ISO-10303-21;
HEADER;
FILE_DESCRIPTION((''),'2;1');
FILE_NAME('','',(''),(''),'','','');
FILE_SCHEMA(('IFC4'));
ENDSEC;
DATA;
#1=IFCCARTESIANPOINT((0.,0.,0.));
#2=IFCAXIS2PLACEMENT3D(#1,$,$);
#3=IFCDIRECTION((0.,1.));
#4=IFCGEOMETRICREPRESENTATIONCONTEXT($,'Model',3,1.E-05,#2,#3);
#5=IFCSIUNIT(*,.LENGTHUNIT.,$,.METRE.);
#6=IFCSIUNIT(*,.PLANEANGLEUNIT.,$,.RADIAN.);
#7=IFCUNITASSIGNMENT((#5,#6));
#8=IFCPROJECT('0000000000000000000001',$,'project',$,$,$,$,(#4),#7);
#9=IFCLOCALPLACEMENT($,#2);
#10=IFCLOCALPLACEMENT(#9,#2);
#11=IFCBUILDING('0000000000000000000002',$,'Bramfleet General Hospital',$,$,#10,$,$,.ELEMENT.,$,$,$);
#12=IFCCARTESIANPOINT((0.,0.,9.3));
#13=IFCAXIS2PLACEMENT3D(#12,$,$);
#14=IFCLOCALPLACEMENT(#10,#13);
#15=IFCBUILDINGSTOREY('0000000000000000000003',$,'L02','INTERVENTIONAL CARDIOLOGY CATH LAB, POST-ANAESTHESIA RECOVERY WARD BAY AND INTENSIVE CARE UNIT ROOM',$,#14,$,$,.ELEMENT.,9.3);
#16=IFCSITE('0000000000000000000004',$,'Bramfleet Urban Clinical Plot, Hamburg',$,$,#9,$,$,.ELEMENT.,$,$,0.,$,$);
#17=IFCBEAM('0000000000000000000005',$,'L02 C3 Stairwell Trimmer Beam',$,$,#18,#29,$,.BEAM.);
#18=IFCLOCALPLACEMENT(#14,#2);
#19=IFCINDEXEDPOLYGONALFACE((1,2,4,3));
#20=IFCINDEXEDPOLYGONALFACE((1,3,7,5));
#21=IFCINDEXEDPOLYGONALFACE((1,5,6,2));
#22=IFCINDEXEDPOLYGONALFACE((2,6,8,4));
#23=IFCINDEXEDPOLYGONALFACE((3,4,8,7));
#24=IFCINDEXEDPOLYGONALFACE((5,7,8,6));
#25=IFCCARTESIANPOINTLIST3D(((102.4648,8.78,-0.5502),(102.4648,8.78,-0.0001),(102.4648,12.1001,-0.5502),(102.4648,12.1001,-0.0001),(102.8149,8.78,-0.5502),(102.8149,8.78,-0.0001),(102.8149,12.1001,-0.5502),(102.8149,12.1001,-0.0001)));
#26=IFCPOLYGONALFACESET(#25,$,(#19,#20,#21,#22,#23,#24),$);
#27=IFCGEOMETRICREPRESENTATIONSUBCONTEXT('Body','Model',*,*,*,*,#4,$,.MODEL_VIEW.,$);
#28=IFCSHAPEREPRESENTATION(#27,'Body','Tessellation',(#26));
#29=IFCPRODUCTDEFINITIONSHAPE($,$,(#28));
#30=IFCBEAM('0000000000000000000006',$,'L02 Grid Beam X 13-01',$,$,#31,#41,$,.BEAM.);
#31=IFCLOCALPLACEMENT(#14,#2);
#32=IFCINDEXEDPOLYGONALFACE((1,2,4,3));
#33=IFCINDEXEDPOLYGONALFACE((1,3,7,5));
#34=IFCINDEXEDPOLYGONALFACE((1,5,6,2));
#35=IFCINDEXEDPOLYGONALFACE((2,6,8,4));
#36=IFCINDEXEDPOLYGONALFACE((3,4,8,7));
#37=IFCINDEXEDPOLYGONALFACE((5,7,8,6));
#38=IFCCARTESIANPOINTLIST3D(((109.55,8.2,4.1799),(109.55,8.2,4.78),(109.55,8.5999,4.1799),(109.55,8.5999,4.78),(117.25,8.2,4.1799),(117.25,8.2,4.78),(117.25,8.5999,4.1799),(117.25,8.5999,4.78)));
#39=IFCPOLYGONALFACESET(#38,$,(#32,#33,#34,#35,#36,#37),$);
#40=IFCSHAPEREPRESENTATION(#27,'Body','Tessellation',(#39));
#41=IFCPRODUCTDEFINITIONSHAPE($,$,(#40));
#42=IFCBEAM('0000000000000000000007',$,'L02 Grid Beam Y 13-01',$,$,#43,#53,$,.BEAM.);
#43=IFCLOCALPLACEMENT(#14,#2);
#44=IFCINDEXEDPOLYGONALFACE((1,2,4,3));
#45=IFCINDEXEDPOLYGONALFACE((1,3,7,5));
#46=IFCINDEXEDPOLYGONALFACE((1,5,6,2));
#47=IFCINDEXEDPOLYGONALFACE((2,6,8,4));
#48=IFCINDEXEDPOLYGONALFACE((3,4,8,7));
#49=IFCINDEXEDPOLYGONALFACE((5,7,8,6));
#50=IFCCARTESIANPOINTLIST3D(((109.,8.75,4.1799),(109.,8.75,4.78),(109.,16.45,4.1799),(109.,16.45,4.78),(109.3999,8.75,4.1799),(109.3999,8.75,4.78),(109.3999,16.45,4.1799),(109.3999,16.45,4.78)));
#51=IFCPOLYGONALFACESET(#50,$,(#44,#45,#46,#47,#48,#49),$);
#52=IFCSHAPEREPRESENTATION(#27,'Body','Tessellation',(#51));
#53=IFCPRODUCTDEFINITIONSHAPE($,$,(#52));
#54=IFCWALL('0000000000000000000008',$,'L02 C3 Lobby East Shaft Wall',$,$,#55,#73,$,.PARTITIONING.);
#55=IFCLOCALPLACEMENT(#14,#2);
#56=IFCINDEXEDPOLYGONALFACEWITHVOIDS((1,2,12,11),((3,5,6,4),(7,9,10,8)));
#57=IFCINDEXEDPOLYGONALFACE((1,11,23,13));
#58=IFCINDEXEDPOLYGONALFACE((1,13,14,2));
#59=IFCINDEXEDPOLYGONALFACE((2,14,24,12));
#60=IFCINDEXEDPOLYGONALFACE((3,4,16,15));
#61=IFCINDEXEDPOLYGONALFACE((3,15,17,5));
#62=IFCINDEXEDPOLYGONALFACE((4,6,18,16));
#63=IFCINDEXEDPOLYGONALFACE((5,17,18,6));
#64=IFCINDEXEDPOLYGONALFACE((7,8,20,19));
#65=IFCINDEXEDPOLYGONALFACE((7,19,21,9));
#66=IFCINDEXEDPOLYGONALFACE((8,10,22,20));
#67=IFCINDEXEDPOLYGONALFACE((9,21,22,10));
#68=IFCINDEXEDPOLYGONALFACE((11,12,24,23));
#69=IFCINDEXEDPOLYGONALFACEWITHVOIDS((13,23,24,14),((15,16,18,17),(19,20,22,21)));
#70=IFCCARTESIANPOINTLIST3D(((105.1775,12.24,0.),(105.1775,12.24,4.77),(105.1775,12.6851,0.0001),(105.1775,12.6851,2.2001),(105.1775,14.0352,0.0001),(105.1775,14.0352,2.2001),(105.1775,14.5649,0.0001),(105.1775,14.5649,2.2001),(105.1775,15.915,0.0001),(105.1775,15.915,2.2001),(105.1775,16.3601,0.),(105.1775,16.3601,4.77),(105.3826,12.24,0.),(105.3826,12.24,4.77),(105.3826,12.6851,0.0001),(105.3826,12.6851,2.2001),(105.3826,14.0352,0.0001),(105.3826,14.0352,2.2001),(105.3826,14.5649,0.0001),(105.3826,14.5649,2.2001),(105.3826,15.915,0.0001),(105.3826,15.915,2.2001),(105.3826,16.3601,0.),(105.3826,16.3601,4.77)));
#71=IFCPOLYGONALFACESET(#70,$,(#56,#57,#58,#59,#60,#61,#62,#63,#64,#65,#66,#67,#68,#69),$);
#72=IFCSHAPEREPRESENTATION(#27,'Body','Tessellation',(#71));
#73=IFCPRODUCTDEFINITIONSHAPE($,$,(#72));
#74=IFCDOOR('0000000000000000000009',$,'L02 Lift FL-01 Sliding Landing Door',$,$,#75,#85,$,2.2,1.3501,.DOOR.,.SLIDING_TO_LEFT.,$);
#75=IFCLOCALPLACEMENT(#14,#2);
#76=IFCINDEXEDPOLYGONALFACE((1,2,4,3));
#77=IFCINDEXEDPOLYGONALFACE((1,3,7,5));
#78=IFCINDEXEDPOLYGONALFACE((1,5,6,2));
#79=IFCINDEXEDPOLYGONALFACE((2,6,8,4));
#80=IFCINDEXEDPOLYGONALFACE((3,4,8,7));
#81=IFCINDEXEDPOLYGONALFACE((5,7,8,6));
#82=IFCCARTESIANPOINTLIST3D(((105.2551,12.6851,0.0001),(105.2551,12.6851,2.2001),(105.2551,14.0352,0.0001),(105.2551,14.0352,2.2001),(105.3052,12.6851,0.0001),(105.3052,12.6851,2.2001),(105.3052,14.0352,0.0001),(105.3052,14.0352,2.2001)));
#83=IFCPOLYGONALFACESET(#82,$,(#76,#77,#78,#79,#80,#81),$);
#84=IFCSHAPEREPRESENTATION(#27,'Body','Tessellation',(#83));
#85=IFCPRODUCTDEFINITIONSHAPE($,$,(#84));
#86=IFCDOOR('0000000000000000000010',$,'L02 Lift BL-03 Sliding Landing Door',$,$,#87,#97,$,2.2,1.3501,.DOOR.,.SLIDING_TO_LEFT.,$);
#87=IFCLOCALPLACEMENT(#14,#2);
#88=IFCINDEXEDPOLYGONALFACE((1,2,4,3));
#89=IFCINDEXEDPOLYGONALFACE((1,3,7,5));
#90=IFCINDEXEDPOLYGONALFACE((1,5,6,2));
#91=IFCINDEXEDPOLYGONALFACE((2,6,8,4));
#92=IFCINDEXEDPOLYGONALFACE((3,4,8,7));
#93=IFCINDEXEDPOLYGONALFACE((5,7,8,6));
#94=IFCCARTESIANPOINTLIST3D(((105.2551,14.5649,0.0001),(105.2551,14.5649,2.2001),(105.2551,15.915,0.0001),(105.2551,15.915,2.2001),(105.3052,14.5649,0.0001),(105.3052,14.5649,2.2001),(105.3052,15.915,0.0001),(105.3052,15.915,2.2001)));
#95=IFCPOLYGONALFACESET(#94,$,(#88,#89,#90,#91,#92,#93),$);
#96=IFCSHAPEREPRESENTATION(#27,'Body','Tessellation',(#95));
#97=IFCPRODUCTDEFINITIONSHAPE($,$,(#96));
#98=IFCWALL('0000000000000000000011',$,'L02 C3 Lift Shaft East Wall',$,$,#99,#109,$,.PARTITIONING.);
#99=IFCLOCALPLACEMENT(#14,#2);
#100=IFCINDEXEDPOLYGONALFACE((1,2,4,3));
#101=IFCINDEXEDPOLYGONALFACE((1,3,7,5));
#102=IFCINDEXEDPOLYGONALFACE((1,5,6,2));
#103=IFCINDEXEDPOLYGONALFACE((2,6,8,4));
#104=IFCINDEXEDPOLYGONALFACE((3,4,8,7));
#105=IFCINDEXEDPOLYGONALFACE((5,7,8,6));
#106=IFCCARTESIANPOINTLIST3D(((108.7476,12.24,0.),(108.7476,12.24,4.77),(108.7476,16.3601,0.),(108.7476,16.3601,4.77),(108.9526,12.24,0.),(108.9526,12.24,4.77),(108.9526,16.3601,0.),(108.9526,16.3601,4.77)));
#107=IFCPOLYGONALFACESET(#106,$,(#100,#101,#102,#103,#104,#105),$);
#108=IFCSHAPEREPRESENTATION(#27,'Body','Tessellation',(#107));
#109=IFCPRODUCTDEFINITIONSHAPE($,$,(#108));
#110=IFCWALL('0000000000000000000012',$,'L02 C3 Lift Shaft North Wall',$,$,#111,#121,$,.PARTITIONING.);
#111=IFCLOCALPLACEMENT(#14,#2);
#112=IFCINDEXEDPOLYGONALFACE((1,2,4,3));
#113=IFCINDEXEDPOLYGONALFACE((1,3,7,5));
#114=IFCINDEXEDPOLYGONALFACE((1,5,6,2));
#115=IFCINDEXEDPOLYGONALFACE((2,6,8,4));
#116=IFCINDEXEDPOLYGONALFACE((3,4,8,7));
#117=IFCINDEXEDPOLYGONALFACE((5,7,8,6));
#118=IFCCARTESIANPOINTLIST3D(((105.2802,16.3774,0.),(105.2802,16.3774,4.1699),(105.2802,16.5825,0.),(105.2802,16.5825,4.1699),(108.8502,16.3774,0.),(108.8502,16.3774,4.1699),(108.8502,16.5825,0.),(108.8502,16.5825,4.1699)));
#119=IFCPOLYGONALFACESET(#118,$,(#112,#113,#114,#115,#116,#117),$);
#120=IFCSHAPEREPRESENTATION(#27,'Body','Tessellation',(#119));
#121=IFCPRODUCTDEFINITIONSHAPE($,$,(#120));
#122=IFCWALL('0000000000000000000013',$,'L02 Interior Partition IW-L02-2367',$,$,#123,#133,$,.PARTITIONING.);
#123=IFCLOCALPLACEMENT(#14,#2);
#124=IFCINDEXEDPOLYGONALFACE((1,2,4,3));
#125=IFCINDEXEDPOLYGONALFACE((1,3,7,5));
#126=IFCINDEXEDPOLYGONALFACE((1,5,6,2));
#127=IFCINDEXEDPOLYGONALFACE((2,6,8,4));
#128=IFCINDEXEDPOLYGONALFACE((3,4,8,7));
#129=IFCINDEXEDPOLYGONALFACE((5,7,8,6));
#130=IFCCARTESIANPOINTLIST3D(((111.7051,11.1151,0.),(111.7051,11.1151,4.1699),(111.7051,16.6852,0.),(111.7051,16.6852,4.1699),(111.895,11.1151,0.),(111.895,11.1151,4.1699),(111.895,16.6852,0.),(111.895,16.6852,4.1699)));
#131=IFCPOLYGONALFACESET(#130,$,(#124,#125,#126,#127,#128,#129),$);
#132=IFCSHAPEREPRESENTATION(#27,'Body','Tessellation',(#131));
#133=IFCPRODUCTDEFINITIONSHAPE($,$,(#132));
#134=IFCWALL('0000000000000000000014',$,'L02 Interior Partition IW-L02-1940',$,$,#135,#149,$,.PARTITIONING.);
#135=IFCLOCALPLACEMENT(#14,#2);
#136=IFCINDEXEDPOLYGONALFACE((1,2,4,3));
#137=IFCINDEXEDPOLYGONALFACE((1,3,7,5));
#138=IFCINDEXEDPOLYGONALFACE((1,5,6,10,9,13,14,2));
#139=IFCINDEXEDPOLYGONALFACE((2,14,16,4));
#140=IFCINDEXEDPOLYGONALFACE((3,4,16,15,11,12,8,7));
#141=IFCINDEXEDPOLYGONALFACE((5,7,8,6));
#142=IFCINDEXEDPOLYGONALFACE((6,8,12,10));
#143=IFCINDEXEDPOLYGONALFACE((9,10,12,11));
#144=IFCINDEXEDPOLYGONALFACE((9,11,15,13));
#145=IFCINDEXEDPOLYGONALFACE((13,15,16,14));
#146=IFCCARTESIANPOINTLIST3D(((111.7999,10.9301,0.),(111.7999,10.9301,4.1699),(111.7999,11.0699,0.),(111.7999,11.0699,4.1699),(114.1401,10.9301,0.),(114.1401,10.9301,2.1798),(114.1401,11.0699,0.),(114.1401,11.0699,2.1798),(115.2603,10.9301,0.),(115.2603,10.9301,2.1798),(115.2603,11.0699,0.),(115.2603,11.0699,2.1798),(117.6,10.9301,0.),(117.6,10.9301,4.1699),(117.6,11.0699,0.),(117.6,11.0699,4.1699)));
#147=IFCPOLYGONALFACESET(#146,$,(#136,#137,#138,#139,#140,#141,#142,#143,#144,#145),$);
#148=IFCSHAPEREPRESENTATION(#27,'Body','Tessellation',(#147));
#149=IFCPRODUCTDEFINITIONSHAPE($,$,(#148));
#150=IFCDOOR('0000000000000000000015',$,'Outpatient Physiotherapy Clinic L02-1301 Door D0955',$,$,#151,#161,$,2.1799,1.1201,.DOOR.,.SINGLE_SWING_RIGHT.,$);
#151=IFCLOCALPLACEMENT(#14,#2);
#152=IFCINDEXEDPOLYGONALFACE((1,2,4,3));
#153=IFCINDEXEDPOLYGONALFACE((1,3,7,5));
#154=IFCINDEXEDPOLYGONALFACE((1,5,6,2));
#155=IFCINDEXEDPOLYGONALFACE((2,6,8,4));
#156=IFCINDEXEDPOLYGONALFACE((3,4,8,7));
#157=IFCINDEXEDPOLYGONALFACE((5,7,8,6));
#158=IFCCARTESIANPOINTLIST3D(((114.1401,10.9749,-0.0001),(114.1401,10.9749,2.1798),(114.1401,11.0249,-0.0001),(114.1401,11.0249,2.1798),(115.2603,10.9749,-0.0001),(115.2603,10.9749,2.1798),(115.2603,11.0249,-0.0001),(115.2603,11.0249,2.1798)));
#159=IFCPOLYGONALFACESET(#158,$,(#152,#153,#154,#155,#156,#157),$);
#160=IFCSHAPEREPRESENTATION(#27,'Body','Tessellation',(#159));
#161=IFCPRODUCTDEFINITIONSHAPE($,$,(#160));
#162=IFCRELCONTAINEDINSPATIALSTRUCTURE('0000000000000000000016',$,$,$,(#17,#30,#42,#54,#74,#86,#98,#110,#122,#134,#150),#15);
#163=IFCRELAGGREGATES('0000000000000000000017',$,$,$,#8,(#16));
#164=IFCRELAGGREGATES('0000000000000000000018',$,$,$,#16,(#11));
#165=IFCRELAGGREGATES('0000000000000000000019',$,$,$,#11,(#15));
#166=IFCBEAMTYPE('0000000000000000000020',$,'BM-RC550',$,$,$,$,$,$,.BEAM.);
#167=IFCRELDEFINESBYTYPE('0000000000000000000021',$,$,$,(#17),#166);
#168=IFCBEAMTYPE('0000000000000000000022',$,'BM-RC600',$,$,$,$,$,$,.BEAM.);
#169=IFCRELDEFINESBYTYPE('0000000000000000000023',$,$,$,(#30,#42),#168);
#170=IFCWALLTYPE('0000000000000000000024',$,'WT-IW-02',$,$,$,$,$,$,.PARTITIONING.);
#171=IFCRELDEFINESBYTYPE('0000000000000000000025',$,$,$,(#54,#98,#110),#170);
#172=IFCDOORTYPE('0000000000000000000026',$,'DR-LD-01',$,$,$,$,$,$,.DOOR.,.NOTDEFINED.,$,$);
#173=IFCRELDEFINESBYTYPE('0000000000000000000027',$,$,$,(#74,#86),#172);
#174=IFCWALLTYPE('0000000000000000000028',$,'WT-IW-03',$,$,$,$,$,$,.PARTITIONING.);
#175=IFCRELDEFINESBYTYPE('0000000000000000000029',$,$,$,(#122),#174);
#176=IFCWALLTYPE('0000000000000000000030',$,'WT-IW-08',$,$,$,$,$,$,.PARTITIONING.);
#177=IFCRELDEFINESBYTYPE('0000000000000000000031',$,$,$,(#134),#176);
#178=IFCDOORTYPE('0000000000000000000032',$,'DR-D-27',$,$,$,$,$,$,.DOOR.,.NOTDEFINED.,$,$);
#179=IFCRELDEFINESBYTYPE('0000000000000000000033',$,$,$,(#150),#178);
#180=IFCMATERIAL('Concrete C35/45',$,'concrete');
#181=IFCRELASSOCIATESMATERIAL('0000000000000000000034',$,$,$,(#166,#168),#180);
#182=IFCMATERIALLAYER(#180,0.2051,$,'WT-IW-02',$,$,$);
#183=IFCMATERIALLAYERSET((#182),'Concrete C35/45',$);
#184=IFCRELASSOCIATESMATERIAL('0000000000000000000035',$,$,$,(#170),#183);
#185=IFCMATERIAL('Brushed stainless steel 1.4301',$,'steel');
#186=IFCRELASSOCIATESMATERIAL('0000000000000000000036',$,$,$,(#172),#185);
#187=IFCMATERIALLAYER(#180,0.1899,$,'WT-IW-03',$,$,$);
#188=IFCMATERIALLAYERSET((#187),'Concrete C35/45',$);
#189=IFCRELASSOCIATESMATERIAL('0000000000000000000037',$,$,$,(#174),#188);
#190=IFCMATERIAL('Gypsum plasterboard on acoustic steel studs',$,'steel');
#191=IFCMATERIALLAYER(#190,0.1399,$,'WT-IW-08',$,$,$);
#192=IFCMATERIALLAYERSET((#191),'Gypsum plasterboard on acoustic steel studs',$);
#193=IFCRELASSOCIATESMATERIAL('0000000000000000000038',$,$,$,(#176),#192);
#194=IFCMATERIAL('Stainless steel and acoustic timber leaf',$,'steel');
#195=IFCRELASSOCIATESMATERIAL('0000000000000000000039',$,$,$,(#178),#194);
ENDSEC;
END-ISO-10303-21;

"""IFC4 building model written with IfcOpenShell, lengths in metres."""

from ifc_helpers import new_model, si_unit, direction, frame, frame_2d, origin, origin_2d, place, context, subcontext, project, spatial, rectangle, extrude, material, layer, layer_set, material_profile, profile_set, type_object, element, fill, save


model = new_model("IFC4")

# Units and contexts
model_context = context("Model", 3, precision=1e-05, world=origin(), true_north=direction((0.0, 1.0)))
body_context = subcontext(model_context, "Body", "Model", "MODEL_VIEW")
ifc_project = project(units=[si_unit("LENGTHUNIT", "METRE"), si_unit("PLANEANGLEUNIT", "RADIAN")], contexts=[model_context])

# Site, building, storey
site_placement = place(None, origin())
site = spatial("IfcSite", under=ifc_project, at=site_placement, Name="Bramfleet Urban Clinical Plot, Hamburg", CompositionType="ELEMENT", RefElevation=0.0)
building_placement = place(site_placement, origin())
building = spatial("IfcBuilding", under=site, at=building_placement, Name="Bramfleet General Hospital", CompositionType="ELEMENT")
storey_placement = place(building_placement, frame((0.0, 0.0, 9.3)))
storey = spatial("IfcBuildingStorey", under=building, at=storey_placement, Name="L02", Description="INTERVENTIONAL CARDIOLOGY CATH LAB, POST-ANAESTHESIA RECOVERY WARD BAY AND INTENSIVE CARE UNIT ROOM", CompositionType="ELEMENT", Elevation=9.3)

# Beams
ifc_material_1 = material(Name="Concrete C35/45", Category="concrete")
ifc_material_profile_1 = material_profile(ifc_material_1, rectangle(XDim=0.3501, YDim=0.55, at=origin_2d()), Name="RC BM 550x350")
ifc_profile_set_1 = profile_set([ifc_material_profile_1], Name="Concrete C35/45")
beam_type_1 = type_object("IfcBeamType", Name="BM-RC550", PredefinedType="BEAM", material=ifc_profile_set_1)
beam_placement = place(storey_placement, frame((102.6399, 8.78, -0.2751), z_axis=(0.0, 1.0, 0.0), x_axis=(-1.0, 0.0, 0.0)))
element("IfcBeam", 1, at=beam_placement, inside=storey, type_object=beam_type_1, Name="L02 C3 Stairwell Trimmer Beam", PredefinedType="BEAM", context=body_context, shape_type="SweptSolid", body=[
    extrude(rectangle(XDim=0.3501, YDim=0.55, at=origin_2d()), origin(), (0.0, 0.0, 1.0), 3.3201),
])
ifc_material_profile_2 = material_profile(ifc_material_1, rectangle(XDim=0.3999, YDim=0.6001, at=origin_2d()), Name="RC BM 600x400")
ifc_profile_set_2 = profile_set([ifc_material_profile_2], Name="Concrete C35/45")
beam_type_2 = type_object("IfcBeamType", Name="BM-RC600", PredefinedType="BEAM", material=ifc_profile_set_2)
for number, where, z_axis, x_axis, name in (
    (2, (109.55, 8.3999, 4.48), (1.0, 0.0, 0.0), (0.0, 1.0, 0.0), "L02 Grid Beam X 13-01"),
    (3, (109.2, 8.75, 4.48), (0.0, 1.0, 0.0), (-1.0, 0.0, 0.0), "L02 Grid Beam Y 13-01"),
):
    element("IfcBeam", number, at=place(storey_placement, frame(where, z_axis=z_axis, x_axis=x_axis)), inside=storey, type_object=beam_type_2, Name=name, PredefinedType="BEAM", context=body_context, shape_type="SweptSolid", body=[
        extrude(rectangle(XDim=0.3999, YDim=0.6001, at=origin_2d()), origin(), (0.0, 0.0, 1.0), 7.7),
    ])

# Wall, openings, doors
ifc_layer_1 = layer(ifc_material_1, 0.2051, Name="WT-IW-02")
ifc_layer_set_1 = layer_set([ifc_layer_1], Name="Concrete C35/45")
wall_type_1 = type_object("IfcWallType", Name="WT-IW-02", PredefinedType="PARTITIONING", material=ifc_layer_set_1)
wall_1_placement = place(storey_placement, frame((105.28, 12.24, 0.0), z_axis=(0.0, 0.0, 1.0), x_axis=(0.0, 1.0, 0.0)))
wall_1 = element("IfcWall", 4, at=wall_1_placement, inside=storey, type_object=wall_type_1, Name="L02 C3 Lobby East Shaft Wall", PredefinedType="PARTITIONING", context=body_context, shape_type="SweptSolid", body=[
    extrude(rectangle(XDim=4.1201, YDim=0.2051, at=frame_2d((2.0601, 0.0))), origin(), (0.0, 0.0, 1.0), 4.77),
])
opening_1_placement = place(wall_1_placement, frame((0.4451, 0.0, 0.0)))
opening_1 = element("IfcOpeningElement", 5, at=opening_1_placement, cuts=wall_1, PredefinedType="OPENING", context=body_context, shape_type="SweptSolid", body=[
    extrude(rectangle(XDim=1.3501, YDim=2.2, at=frame_2d((0.675, 1.1001))), frame((0.0, 0.1125, 0.0), z_axis=(0.0, -1.0, 0.0), x_axis=(1.0, 0.0, 0.0)), (0.0, 0.0, 1.0), 0.2251),
])
opening_2_placement = place(wall_1_placement, frame((2.325, 0.0, 0.0)))
opening_2 = element("IfcOpeningElement", 6, at=opening_2_placement, cuts=wall_1, PredefinedType="OPENING", context=body_context, shape_type="SweptSolid", body=[
    extrude(rectangle(XDim=1.3501, YDim=2.2, at=frame_2d((0.675, 1.1001))), frame((0.0, 0.1125, 0.0), z_axis=(0.0, -1.0, 0.0), x_axis=(1.0, 0.0, 0.0)), (0.0, 0.0, 1.0), 0.2251),
])
ifc_material_2 = material(Name="Brushed stainless steel 1.4301", Category="steel")
door_type_1 = type_object("IfcDoorType", Name="DR-LD-01", OperationType="NOTDEFINED", PredefinedType="DOOR", material=ifc_material_2)
door_1_placement = place(opening_1_placement, origin())
door_1 = element("IfcDoor", 7, at=door_1_placement, inside=storey, type_object=door_type_1, Name="L02 Lift FL-01 Sliding Landing Door", OperationType="SLIDING_TO_LEFT", OverallHeight=2.2, OverallWidth=1.3501, PredefinedType="DOOR", context=body_context, shape_type="SweptSolid", body=[
    extrude(rectangle(XDim=1.3501, YDim=2.2, at=frame_2d((0.675, 1.1001))), frame((0.0, 0.0249, 0.0), z_axis=(0.0, -1.0, 0.0), x_axis=(1.0, 0.0, 0.0)), (0.0, 0.0, 1.0), 0.05),
])
fill(opening_1, door_1)
door_2_placement = place(opening_2_placement, origin())
door_2 = element("IfcDoor", 8, at=door_2_placement, inside=storey, type_object=door_type_1, Name="L02 Lift BL-03 Sliding Landing Door", OperationType="SLIDING_TO_LEFT", OverallHeight=2.2, OverallWidth=1.3501, PredefinedType="DOOR", context=body_context, shape_type="SweptSolid", body=[
    extrude(rectangle(XDim=1.3501, YDim=2.2, at=frame_2d((0.675, 1.1001))), frame((0.0, 0.0249, 0.0), z_axis=(0.0, -1.0, 0.0), x_axis=(1.0, 0.0, 0.0)), (0.0, 0.0, 1.0), 0.05),
])
fill(opening_2, door_2)

# Walls
wall_2_placement = place(storey_placement, frame((108.8501, 12.24, 0.0), z_axis=(0.0, 0.0, 1.0), x_axis=(0.0, 1.0, 0.0)))
element("IfcWall", 9, at=wall_2_placement, inside=storey, type_object=wall_type_1, Name="L02 C3 Lift Shaft East Wall", PredefinedType="PARTITIONING", context=body_context, shape_type="SweptSolid", body=[
    extrude(rectangle(XDim=4.1201, YDim=0.2051, at=frame_2d((2.0601, 0.0))), origin(), (0.0, 0.0, 1.0), 4.77),
])
wall_3_placement = place(storey_placement, frame((105.28, 16.48, 0.0), z_axis=(0.0, 0.0, 1.0), x_axis=(1.0, 0.0, 0.0)))
element("IfcWall", 10, at=wall_3_placement, inside=storey, type_object=wall_type_1, Name="L02 C3 Lift Shaft North Wall", PredefinedType="PARTITIONING", context=body_context, shape_type="SweptSolid", body=[
    extrude(rectangle(XDim=3.5701, YDim=0.2051, at=frame_2d((1.7852, 0.0))), origin(), (0.0, 0.0, 1.0), 4.1699),
])
ifc_layer_2 = layer(ifc_material_1, 0.1899, Name="WT-IW-03")
ifc_layer_set_2 = layer_set([ifc_layer_2], Name="Concrete C35/45")
wall_type_2 = type_object("IfcWallType", Name="WT-IW-03", PredefinedType="PARTITIONING", material=ifc_layer_set_2)
wall_4_placement = place(storey_placement, frame((111.8, 11.115, 0.0), z_axis=(0.0, 0.0, 1.0), x_axis=(0.0, 1.0, 0.0)))
element("IfcWall", 11, at=wall_4_placement, inside=storey, type_object=wall_type_2, Name="L02 Interior Partition IW-L02-2367", PredefinedType="PARTITIONING", context=body_context, shape_type="SweptSolid", body=[
    extrude(rectangle(XDim=5.5701, YDim=0.1899, at=frame_2d((2.7852, 0.0))), origin(), (0.0, 0.0, 1.0), 4.1699),
])

# Wall, opening, door
ifc_material_3 = material(Name="Gypsum plasterboard on acoustic steel studs", Category="steel")
ifc_layer_3 = layer(ifc_material_3, 0.1399, Name="WT-IW-08")
ifc_layer_set_3 = layer_set([ifc_layer_3], Name="Gypsum plasterboard on acoustic steel studs")
wall_type_3 = type_object("IfcWallType", Name="WT-IW-08", PredefinedType="PARTITIONING", material=ifc_layer_set_3)
wall_5_placement = place(storey_placement, frame((111.8, 11.0, 0.0), z_axis=(0.0, 0.0, 1.0), x_axis=(1.0, 0.0, 0.0)))
wall_5 = element("IfcWall", 12, at=wall_5_placement, inside=storey, type_object=wall_type_3, Name="L02 Interior Partition IW-L02-1940", PredefinedType="PARTITIONING", context=body_context, shape_type="SweptSolid", body=[
    extrude(rectangle(XDim=5.8, YDim=0.1399, at=frame_2d((2.8999, 0.0))), origin(), (0.0, 0.0, 1.0), 4.1699),
])
opening_3_placement = place(wall_5_placement, frame((2.3401, 0.0, 0.0)))
opening_3 = element("IfcOpeningElement", 13, at=opening_3_placement, cuts=wall_5, PredefinedType="OPENING", context=body_context, shape_type="SweptSolid", body=[
    extrude(rectangle(XDim=1.1201, YDim=2.1799, at=frame_2d((0.5601, 1.0898))), frame((0.0, 0.0798, 0.0), z_axis=(0.0, -1.0, 0.0), x_axis=(1.0, 0.0, 0.0)), (0.0, 0.0, 1.0), 0.1599),
])
ifc_material_4 = material(Name="Stainless steel and acoustic timber leaf", Category="steel")
door_type_2 = type_object("IfcDoorType", Name="DR-D-27", OperationType="NOTDEFINED", PredefinedType="DOOR", material=ifc_material_4)
door_3_placement = place(opening_3_placement, origin())
door_3 = element("IfcDoor", 14, at=door_3_placement, inside=storey, type_object=door_type_2, Name="Outpatient Physiotherapy Clinic L02-1301 Door D0955", OperationType="SINGLE_SWING_RIGHT", OverallHeight=2.1799, OverallWidth=1.1201, PredefinedType="DOOR", context=body_context, shape_type="SweptSolid", body=[
    extrude(rectangle(XDim=1.1201, YDim=2.1799, at=frame_2d((0.5601, 1.0898))), frame((0.0, 0.0249, 0.0), z_axis=(0.0, -1.0, 0.0), x_axis=(1.0, 0.0, 0.0)), (0.0, 0.0, 1.0), 0.05),
])
fill(opening_3, door_3)

save(model, "model.ifc")
